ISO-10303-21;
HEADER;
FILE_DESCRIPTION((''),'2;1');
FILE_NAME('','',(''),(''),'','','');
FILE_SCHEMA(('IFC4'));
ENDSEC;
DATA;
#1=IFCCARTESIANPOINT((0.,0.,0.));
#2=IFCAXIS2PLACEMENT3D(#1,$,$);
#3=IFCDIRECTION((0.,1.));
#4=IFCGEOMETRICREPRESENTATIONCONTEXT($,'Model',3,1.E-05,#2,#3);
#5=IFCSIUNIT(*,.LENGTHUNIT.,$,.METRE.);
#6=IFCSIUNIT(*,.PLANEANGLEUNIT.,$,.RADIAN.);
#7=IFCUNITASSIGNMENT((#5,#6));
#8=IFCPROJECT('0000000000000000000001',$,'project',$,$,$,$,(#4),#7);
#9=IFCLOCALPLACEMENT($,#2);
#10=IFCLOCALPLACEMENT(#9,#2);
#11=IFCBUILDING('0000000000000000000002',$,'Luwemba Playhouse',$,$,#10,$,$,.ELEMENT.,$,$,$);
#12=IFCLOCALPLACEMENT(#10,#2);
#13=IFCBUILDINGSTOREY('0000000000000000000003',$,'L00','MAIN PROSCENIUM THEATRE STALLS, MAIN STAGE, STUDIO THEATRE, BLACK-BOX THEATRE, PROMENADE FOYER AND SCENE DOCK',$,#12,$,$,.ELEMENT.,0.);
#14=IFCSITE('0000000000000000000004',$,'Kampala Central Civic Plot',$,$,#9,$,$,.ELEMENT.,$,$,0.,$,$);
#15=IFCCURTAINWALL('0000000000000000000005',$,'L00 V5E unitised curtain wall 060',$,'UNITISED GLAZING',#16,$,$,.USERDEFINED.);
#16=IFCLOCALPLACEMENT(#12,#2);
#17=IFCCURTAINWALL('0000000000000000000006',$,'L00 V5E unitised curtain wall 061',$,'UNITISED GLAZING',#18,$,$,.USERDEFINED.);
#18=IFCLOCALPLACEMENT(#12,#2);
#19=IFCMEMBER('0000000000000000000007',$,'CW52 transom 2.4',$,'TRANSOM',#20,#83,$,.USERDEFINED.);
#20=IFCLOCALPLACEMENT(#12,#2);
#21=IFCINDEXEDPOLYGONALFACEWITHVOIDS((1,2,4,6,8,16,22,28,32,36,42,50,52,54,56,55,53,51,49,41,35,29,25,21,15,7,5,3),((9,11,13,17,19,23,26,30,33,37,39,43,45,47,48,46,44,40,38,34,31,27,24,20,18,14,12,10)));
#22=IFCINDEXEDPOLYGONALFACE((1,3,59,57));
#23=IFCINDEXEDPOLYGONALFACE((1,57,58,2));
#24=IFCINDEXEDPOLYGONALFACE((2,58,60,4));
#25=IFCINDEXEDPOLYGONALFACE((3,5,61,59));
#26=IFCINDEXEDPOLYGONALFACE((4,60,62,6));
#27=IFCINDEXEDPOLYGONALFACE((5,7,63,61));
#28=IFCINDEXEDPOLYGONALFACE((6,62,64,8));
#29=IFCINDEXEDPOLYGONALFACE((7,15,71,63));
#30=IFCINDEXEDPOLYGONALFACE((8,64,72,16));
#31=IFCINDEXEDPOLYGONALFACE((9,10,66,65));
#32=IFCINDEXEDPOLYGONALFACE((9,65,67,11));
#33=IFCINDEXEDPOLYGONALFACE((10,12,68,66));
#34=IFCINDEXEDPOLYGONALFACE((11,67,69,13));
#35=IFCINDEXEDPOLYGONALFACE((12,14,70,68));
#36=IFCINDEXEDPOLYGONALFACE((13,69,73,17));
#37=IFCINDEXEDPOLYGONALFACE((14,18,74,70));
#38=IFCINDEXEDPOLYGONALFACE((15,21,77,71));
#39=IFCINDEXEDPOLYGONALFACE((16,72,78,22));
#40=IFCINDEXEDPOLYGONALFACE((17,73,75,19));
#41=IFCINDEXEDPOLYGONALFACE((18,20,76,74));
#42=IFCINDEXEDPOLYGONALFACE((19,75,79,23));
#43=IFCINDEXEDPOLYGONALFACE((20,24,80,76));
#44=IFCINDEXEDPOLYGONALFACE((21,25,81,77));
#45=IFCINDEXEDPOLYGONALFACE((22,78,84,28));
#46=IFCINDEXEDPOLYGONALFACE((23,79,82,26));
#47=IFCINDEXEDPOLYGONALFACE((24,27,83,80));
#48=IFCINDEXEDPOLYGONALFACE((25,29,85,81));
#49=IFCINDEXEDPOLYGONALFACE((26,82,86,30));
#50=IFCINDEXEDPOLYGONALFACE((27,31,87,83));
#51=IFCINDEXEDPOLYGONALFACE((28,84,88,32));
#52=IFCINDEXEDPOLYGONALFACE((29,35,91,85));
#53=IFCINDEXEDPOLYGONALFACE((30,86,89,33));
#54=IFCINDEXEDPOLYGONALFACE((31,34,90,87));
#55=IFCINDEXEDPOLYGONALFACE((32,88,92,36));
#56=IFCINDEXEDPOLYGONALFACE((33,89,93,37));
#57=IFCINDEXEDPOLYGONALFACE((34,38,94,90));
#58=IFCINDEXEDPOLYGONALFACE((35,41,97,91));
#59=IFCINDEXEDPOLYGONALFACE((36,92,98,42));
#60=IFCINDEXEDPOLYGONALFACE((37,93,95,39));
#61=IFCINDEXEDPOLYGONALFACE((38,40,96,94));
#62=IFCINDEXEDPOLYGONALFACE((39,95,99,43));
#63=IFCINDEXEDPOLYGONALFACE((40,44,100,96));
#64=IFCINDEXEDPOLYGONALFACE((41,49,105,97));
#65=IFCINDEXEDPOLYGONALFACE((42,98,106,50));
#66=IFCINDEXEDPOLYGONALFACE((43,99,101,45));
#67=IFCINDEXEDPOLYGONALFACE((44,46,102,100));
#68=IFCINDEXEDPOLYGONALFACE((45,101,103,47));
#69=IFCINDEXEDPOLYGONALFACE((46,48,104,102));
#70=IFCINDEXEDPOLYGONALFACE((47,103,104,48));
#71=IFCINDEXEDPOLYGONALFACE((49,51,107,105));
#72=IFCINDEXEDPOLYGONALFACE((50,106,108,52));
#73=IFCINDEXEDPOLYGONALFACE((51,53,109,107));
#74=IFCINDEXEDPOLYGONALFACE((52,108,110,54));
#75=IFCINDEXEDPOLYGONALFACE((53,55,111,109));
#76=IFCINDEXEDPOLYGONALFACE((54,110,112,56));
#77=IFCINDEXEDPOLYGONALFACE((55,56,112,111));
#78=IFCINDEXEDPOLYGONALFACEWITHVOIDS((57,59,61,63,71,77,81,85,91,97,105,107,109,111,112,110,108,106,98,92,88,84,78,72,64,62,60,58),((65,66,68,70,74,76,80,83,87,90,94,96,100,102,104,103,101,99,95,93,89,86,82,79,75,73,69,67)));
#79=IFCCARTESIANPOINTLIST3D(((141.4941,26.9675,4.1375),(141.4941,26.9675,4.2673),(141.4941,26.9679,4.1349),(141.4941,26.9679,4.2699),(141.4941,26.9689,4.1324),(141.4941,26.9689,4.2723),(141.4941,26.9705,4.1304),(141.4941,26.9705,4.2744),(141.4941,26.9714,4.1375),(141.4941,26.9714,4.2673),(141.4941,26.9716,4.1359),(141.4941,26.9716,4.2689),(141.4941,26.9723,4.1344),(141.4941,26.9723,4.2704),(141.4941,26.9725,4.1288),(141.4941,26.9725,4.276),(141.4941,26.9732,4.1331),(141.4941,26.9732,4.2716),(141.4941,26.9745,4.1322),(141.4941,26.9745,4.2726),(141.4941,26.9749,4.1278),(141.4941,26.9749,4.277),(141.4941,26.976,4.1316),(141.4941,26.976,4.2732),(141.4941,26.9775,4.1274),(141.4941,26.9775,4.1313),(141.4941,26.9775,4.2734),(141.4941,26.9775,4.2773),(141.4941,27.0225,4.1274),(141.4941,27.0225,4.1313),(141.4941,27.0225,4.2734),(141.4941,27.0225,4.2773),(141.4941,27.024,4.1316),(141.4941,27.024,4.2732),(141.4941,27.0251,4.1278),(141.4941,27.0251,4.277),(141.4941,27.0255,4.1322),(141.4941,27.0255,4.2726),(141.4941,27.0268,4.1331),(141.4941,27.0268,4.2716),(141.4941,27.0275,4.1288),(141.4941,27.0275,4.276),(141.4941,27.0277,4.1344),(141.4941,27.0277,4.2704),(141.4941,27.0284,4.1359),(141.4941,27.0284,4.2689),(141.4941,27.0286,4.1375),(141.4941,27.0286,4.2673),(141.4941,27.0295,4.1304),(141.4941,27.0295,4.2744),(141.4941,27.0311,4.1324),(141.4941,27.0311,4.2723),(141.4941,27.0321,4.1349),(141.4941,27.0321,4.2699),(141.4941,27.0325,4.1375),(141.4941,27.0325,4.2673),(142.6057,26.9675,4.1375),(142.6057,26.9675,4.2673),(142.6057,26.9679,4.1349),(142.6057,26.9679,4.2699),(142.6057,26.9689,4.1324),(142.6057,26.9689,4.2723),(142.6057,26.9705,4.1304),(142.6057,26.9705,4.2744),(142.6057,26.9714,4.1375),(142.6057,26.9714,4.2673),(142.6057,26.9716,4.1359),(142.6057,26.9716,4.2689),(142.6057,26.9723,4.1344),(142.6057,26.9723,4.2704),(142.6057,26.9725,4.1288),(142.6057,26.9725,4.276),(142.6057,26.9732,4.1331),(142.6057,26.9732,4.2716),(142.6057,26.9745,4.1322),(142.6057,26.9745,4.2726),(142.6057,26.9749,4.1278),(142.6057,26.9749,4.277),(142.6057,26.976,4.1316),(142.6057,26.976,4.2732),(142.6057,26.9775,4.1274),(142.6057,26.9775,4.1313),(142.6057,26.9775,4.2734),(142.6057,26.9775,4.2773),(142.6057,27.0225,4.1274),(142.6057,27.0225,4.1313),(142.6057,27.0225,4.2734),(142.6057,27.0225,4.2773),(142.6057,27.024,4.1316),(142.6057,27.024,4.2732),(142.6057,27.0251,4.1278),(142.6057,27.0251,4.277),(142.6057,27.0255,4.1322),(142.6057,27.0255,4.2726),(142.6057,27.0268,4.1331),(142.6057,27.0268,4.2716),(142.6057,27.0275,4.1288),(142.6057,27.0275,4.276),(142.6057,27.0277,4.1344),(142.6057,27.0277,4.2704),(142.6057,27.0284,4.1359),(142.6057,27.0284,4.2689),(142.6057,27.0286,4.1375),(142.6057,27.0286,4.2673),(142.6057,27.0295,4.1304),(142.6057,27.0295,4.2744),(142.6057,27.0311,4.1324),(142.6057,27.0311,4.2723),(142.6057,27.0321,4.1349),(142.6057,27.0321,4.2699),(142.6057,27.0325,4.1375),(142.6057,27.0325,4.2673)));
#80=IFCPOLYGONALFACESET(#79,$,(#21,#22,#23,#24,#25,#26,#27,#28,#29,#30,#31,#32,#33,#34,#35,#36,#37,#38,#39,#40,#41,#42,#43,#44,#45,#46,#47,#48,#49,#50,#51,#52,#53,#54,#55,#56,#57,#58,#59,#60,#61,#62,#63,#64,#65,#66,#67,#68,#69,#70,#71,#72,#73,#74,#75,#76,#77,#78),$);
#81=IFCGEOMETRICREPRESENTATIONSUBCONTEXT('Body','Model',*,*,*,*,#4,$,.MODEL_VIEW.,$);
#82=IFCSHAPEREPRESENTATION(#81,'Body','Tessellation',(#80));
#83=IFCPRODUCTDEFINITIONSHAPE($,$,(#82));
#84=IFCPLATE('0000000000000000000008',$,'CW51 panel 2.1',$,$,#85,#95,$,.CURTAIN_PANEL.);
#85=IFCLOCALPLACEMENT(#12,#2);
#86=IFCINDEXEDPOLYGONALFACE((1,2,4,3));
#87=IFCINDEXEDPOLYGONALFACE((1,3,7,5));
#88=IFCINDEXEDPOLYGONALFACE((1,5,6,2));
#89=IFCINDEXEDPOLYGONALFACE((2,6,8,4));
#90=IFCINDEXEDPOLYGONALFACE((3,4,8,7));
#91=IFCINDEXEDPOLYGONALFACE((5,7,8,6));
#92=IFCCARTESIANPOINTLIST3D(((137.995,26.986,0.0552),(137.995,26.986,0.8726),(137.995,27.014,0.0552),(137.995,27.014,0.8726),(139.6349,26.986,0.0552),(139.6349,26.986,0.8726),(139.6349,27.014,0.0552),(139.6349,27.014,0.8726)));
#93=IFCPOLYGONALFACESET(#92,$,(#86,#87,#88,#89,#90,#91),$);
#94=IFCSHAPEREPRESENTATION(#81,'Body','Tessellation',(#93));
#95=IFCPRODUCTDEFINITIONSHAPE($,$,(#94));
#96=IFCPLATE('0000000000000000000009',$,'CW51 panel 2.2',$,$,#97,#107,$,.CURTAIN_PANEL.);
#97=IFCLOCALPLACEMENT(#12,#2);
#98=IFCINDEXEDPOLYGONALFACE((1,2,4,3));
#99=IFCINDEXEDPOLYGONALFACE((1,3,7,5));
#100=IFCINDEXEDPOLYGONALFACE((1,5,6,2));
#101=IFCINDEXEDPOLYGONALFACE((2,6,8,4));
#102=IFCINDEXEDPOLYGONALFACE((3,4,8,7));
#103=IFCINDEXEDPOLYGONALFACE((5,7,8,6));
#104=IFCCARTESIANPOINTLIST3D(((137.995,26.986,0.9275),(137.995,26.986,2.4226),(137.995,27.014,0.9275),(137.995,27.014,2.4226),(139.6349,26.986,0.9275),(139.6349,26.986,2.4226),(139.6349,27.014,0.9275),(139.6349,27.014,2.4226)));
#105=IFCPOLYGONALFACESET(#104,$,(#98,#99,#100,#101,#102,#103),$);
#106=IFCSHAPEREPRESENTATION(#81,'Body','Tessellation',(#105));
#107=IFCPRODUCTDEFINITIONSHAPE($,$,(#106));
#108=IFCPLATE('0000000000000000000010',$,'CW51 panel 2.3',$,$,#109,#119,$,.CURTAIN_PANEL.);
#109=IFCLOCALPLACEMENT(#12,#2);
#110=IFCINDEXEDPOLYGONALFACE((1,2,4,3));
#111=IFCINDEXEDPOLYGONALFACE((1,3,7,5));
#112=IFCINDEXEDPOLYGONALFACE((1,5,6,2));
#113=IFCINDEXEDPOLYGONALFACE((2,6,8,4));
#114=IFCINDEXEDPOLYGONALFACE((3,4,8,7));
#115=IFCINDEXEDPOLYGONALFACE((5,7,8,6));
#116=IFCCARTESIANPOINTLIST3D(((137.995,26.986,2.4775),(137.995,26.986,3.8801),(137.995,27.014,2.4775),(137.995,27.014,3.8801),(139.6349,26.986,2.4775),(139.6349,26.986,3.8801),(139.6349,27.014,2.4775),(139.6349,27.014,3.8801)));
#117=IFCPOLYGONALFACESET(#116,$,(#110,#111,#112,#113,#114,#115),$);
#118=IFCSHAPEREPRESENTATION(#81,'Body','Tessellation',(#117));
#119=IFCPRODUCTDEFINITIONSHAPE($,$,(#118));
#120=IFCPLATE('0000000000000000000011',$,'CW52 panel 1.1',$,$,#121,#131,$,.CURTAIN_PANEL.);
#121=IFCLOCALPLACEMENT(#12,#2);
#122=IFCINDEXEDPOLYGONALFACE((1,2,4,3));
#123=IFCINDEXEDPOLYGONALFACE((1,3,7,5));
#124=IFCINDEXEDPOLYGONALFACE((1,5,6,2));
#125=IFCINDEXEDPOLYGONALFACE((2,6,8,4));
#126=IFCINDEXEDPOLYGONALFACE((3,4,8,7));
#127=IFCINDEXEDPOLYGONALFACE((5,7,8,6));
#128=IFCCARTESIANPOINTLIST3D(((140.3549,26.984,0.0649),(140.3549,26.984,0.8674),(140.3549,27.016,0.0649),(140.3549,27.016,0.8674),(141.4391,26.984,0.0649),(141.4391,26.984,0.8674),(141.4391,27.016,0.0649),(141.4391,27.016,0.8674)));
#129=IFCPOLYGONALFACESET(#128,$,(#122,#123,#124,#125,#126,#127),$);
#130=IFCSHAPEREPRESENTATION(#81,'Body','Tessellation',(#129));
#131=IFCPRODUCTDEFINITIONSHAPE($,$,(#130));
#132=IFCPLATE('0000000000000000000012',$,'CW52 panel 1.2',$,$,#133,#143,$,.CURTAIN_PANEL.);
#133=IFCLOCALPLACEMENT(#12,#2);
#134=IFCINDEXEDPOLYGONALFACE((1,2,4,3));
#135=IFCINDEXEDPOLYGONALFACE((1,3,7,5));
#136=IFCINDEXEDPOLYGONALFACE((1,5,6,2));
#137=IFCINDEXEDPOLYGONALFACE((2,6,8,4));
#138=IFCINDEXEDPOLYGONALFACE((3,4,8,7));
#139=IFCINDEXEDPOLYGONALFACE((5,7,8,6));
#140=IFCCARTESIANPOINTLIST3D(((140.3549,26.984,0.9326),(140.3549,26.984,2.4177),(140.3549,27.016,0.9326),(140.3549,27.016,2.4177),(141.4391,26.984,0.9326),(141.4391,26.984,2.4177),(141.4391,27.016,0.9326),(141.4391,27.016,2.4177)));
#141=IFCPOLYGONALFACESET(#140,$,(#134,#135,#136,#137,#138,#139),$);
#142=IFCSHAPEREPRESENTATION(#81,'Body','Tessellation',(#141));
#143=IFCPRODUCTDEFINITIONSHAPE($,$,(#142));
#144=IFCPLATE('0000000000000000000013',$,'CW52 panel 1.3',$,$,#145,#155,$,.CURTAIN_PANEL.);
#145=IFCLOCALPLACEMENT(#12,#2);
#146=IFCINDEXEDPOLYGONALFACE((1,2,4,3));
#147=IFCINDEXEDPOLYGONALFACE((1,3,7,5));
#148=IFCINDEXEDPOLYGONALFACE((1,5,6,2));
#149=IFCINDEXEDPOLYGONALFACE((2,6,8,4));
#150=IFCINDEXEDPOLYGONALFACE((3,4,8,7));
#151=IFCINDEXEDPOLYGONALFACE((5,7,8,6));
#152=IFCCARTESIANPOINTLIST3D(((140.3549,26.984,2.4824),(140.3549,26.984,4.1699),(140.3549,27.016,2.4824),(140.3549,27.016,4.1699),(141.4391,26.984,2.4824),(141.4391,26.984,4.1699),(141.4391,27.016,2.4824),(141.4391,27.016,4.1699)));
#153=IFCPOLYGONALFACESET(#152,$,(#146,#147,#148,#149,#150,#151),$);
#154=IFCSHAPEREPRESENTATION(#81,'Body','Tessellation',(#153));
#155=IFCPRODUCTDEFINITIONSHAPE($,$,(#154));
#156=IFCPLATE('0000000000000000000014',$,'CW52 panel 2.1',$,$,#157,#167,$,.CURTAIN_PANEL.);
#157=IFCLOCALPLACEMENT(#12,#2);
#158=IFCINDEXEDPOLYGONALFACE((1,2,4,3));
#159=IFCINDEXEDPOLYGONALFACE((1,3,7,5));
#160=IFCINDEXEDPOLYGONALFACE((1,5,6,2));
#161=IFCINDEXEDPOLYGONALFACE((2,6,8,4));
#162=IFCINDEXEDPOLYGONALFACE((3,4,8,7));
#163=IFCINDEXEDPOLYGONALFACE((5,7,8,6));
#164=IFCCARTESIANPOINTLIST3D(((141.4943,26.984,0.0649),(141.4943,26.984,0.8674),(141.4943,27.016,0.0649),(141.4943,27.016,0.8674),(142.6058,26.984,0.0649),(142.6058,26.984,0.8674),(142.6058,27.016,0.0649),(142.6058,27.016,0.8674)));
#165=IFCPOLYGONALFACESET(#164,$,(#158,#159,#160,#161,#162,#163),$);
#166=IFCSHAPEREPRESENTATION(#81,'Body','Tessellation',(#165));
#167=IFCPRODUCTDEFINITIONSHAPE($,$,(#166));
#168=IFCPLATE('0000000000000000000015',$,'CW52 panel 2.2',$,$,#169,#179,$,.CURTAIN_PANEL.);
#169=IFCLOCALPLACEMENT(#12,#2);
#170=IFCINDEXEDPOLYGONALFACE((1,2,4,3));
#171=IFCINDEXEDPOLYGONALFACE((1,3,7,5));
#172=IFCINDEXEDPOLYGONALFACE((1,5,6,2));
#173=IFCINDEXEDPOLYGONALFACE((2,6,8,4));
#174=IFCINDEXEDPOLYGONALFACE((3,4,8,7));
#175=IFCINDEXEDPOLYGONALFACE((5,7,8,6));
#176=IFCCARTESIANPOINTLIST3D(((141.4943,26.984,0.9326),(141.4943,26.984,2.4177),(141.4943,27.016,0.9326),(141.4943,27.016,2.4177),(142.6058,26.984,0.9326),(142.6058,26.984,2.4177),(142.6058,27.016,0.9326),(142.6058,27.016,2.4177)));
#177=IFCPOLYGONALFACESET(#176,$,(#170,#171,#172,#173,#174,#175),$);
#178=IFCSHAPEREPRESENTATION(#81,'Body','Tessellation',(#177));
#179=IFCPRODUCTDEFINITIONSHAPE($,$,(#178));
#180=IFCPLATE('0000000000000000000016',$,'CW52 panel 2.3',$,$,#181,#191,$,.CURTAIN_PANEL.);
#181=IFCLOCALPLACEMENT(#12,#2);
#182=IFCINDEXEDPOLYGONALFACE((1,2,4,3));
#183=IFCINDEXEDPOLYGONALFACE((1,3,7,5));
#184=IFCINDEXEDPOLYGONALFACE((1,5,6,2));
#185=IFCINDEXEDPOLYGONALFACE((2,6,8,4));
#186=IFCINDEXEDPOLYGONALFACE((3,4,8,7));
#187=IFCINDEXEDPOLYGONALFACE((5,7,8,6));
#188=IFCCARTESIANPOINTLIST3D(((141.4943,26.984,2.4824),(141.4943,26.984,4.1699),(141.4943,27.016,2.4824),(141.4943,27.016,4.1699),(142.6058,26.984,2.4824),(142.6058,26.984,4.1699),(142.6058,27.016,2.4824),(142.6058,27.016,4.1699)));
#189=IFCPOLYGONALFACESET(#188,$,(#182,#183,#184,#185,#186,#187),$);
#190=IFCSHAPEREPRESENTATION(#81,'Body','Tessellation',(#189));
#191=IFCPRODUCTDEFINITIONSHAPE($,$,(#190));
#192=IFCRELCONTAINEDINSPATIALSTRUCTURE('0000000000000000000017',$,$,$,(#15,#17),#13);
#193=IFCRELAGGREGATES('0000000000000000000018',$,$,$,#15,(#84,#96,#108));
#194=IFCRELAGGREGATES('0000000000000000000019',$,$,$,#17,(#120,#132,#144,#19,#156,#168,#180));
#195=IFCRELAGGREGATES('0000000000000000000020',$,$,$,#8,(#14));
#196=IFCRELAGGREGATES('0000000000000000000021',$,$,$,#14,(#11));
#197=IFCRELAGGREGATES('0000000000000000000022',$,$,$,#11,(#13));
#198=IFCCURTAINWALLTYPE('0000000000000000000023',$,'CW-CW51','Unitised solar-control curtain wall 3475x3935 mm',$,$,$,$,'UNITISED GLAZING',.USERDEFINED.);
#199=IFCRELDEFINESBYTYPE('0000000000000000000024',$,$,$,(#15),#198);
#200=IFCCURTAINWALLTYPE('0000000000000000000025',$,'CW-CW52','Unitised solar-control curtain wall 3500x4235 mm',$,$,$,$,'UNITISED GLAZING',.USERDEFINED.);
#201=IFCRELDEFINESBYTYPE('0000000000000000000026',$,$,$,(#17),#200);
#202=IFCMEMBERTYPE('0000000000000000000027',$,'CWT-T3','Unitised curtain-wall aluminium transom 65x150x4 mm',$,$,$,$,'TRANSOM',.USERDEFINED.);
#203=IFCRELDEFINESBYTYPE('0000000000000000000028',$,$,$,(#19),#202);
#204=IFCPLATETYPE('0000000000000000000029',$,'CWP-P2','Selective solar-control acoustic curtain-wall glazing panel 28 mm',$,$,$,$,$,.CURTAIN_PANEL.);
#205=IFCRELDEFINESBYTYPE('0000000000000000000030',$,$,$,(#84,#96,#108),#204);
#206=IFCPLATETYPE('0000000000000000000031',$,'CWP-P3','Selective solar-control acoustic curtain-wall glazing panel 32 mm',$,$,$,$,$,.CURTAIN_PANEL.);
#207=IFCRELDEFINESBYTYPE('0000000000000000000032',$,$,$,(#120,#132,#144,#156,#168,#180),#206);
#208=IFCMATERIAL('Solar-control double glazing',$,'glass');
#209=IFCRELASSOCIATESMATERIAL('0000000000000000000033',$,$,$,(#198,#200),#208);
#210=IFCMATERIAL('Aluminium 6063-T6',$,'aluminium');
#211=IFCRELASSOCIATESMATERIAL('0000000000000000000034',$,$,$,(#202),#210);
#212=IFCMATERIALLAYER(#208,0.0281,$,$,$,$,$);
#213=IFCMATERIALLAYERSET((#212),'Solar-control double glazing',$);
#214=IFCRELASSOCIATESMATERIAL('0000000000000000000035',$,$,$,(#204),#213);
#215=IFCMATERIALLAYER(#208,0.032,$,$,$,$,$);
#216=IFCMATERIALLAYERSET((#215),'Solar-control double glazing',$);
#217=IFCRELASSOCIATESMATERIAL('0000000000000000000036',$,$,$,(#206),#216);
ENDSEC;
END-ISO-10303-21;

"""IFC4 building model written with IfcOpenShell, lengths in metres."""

from ifc_helpers import new_model, si_unit, direction, frame, origin, origin_2d, place, context, subcontext, project, spatial, rectangle, hollow_rectangle, extrude, material, layer, layer_set, material_profile, profile_set, type_object, element, aggregate, save


model = new_model("IFC4")

# Units and contexts
model_context = context("Model", 3, precision=1e-05, world=origin(), true_north=direction((0.0, 1.0)))
body_context = subcontext(model_context, "Body", "Model", "MODEL_VIEW")
ifc_project = project(units=[si_unit("LENGTHUNIT", "METRE"), si_unit("PLANEANGLEUNIT", "RADIAN")], contexts=[model_context])

# Site, building, storey
site_placement = place(None, origin())
site = spatial("IfcSite", under=ifc_project, at=site_placement, Name="Kampala Central Civic Plot", CompositionType="ELEMENT", RefElevation=0.0)
building_placement = place(site_placement, origin())
building = spatial("IfcBuilding", under=site, at=building_placement, Name="Luwemba Playhouse", CompositionType="ELEMENT")
storey_placement = place(building_placement, origin())
storey = spatial("IfcBuildingStorey", under=building, at=storey_placement, Name="L00", Description="MAIN PROSCENIUM THEATRE STALLS, MAIN STAGE, STUDIO THEATRE, BLACK-BOX THEATRE, PROMENADE FOYER AND SCENE DOCK", CompositionType="ELEMENT", Elevation=0.0)

# Curtain wall
ifc_material_1 = material(Name="Solar-control double glazing", Category="glass")
curtain_wall_type_1 = type_object("IfcCurtainWallType", Name="CW-CW51", Description="Unitised solar-control curtain wall 3475x3935 mm", ElementType="UNITISED GLAZING", PredefinedType="USERDEFINED", material=ifc_material_1)
curtain_wall_1_placement = place(storey_placement, origin())
curtain_wall_1 = element("IfcCurtainWall", 1, at=curtain_wall_1_placement, inside=storey, type_object=curtain_wall_type_1, Name="L00 V5E unitised curtain wall 060", ObjectType="UNITISED GLAZING", PredefinedType="USERDEFINED")
ifc_material_2 = material(Name="Aluminium 6063-T6", Category="aluminium")

# Curtain wall
curtain_wall_type_2 = type_object("IfcCurtainWallType", Name="CW-CW52", Description="Unitised solar-control curtain wall 3500x4235 mm", ElementType="UNITISED GLAZING", PredefinedType="USERDEFINED", material=ifc_material_1)
curtain_wall_2_placement = place(storey_placement, origin())
curtain_wall_2 = element("IfcCurtainWall", 2, at=curtain_wall_2_placement, inside=storey, type_object=curtain_wall_type_2, Name="L00 V5E unitised curtain wall 061", ObjectType="UNITISED GLAZING", PredefinedType="USERDEFINED")

# Member
ifc_material_profile_1 = material_profile(ifc_material_2, hollow_rectangle(XDim=0.0649, YDim=0.1499, WallThickness=0.0039, InnerFilletRadius=0.0061, OuterFilletRadius=0.01, at=origin_2d()))
ifc_profile_set_1 = profile_set([ifc_material_profile_1], Name="Aluminium 6063-T6")
member_type_1 = type_object("IfcMemberType", Name="CWT-T3", Description="Unitised curtain-wall aluminium transom 65x150x4 mm", ElementType="TRANSOM", PredefinedType="USERDEFINED", material=ifc_profile_set_1)
member_1_placement = place(storey_placement, frame((141.4941, 27.0, 4.2024), z_axis=(1.0, 0.0, 0.0), x_axis=(0.0, 1.0, 0.0)))
member_1 = element("IfcMember", 3, at=member_1_placement, type_object=member_type_1, Name="CW52 transom 2.4", ObjectType="TRANSOM", PredefinedType="USERDEFINED", context=body_context, shape_type="SweptSolid", body=[
    extrude(hollow_rectangle(XDim=0.0649, YDim=0.1499, WallThickness=0.0039, InnerFilletRadius=0.0061, OuterFilletRadius=0.01, at=origin_2d()), origin(), (0.0, 0.0, 1.0), 1.1116),
])

# Plates
ifc_layer_1 = layer(ifc_material_1, 0.0281)
ifc_layer_set_1 = layer_set([ifc_layer_1], Name="Solar-control double glazing")
plate_type_1 = type_object("IfcPlateType", Name="CWP-P2", Description="Selective solar-control acoustic curtain-wall glazing panel 28 mm", PredefinedType="CURTAIN_PANEL", material=ifc_layer_set_1)
plate_1_placement = place(storey_placement, frame((138.8149, 27.0, 0.0552), z_axis=(0.0, 0.0, 1.0), x_axis=(1.0, 0.0, 0.0)))
plate_1 = element("IfcPlate", 4, at=plate_1_placement, type_object=plate_type_1, Name="CW51 panel 2.1", PredefinedType="CURTAIN_PANEL", context=body_context, shape_type="SweptSolid", body=[
    extrude(rectangle(XDim=1.6399, YDim=0.0281, at=origin_2d()), origin(), (0.0, 0.0, 1.0), 0.8174),
])
plate_2_placement = place(storey_placement, frame((138.8149, 27.0, 0.9275), z_axis=(0.0, 0.0, 1.0), x_axis=(1.0, 0.0, 0.0)))
plate_2 = element("IfcPlate", 5, at=plate_2_placement, type_object=plate_type_1, Name="CW51 panel 2.2", PredefinedType="CURTAIN_PANEL", context=body_context, shape_type="SweptSolid", body=[
    extrude(rectangle(XDim=1.6399, YDim=0.0281, at=origin_2d()), origin(), (0.0, 0.0, 1.0), 1.4951),
])
plate_3_placement = place(storey_placement, frame((138.8149, 27.0, 2.4775), z_axis=(0.0, 0.0, 1.0), x_axis=(1.0, 0.0, 0.0)))
plate_3 = element("IfcPlate", 6, at=plate_3_placement, type_object=plate_type_1, Name="CW51 panel 2.3", PredefinedType="CURTAIN_PANEL", context=body_context, shape_type="SweptSolid", body=[
    extrude(rectangle(XDim=1.6399, YDim=0.0281, at=origin_2d()), origin(), (0.0, 0.0, 1.0), 1.4026),
])
aggregate(curtain_wall_1, [plate_1, plate_2, plate_3])
ifc_layer_2 = layer(ifc_material_1, 0.032)
ifc_layer_set_2 = layer_set([ifc_layer_2], Name="Solar-control double glazing")
plate_type_2 = type_object("IfcPlateType", Name="CWP-P3", Description="Selective solar-control acoustic curtain-wall glazing panel 32 mm", PredefinedType="CURTAIN_PANEL", material=ifc_layer_set_2)
plate_4_placement = place(storey_placement, frame((140.897, 27.0, 0.0649), z_axis=(0.0, 0.0, 1.0), x_axis=(1.0, 0.0, 0.0)))
plate_4 = element("IfcPlate", 7, at=plate_4_placement, type_object=plate_type_2, Name="CW52 panel 1.1", PredefinedType="CURTAIN_PANEL", context=body_context, shape_type="SweptSolid", body=[
    extrude(rectangle(XDim=1.0842, YDim=0.032, at=origin_2d()), origin(), (0.0, 0.0, 1.0), 0.8025),
])
plate_5_placement = place(storey_placement, frame((140.897, 27.0, 0.9326), z_axis=(0.0, 0.0, 1.0), x_axis=(1.0, 0.0, 0.0)))
plate_5 = element("IfcPlate", 8, at=plate_5_placement, type_object=plate_type_2, Name="CW52 panel 1.2", PredefinedType="CURTAIN_PANEL", context=body_context, shape_type="SweptSolid", body=[
    extrude(rectangle(XDim=1.0842, YDim=0.032, at=origin_2d()), origin(), (0.0, 0.0, 1.0), 1.4851),
])
plate_6_placement = place(storey_placement, frame((140.897, 27.0, 2.4824), z_axis=(0.0, 0.0, 1.0), x_axis=(1.0, 0.0, 0.0)))
plate_6 = element("IfcPlate", 9, at=plate_6_placement, type_object=plate_type_2, Name="CW52 panel 1.3", PredefinedType="CURTAIN_PANEL", context=body_context, shape_type="SweptSolid", body=[
    extrude(rectangle(XDim=1.0842, YDim=0.032, at=origin_2d()), origin(), (0.0, 0.0, 1.0), 1.6875),
])
plate_7_placement = place(storey_placement, frame((142.05, 27.0, 0.0649), z_axis=(0.0, 0.0, 1.0), x_axis=(1.0, 0.0, 0.0)))
plate_7 = element("IfcPlate", 10, at=plate_7_placement, type_object=plate_type_2, Name="CW52 panel 2.1", PredefinedType="CURTAIN_PANEL", context=body_context, shape_type="SweptSolid", body=[
    extrude(rectangle(XDim=1.1116, YDim=0.032, at=origin_2d()), origin(), (0.0, 0.0, 1.0), 0.8025),
])
plate_8_placement = place(storey_placement, frame((142.05, 27.0, 0.9326), z_axis=(0.0, 0.0, 1.0), x_axis=(1.0, 0.0, 0.0)))
plate_8 = element("IfcPlate", 11, at=plate_8_placement, type_object=plate_type_2, Name="CW52 panel 2.2", PredefinedType="CURTAIN_PANEL", context=body_context, shape_type="SweptSolid", body=[
    extrude(rectangle(XDim=1.1116, YDim=0.032, at=origin_2d()), origin(), (0.0, 0.0, 1.0), 1.4851),
])
plate_9_placement = place(storey_placement, frame((142.05, 27.0, 2.4824), z_axis=(0.0, 0.0, 1.0), x_axis=(1.0, 0.0, 0.0)))
plate_9 = element("IfcPlate", 12, at=plate_9_placement, type_object=plate_type_2, Name="CW52 panel 2.3", PredefinedType="CURTAIN_PANEL", context=body_context, shape_type="SweptSolid", body=[
    extrude(rectangle(XDim=1.1116, YDim=0.032, at=origin_2d()), origin(), (0.0, 0.0, 1.0), 1.6875),
])
aggregate(curtain_wall_2, [plate_4, plate_5, plate_6, member_1, plate_7, plate_8, plate_9])

save(model, "model.ifc")
